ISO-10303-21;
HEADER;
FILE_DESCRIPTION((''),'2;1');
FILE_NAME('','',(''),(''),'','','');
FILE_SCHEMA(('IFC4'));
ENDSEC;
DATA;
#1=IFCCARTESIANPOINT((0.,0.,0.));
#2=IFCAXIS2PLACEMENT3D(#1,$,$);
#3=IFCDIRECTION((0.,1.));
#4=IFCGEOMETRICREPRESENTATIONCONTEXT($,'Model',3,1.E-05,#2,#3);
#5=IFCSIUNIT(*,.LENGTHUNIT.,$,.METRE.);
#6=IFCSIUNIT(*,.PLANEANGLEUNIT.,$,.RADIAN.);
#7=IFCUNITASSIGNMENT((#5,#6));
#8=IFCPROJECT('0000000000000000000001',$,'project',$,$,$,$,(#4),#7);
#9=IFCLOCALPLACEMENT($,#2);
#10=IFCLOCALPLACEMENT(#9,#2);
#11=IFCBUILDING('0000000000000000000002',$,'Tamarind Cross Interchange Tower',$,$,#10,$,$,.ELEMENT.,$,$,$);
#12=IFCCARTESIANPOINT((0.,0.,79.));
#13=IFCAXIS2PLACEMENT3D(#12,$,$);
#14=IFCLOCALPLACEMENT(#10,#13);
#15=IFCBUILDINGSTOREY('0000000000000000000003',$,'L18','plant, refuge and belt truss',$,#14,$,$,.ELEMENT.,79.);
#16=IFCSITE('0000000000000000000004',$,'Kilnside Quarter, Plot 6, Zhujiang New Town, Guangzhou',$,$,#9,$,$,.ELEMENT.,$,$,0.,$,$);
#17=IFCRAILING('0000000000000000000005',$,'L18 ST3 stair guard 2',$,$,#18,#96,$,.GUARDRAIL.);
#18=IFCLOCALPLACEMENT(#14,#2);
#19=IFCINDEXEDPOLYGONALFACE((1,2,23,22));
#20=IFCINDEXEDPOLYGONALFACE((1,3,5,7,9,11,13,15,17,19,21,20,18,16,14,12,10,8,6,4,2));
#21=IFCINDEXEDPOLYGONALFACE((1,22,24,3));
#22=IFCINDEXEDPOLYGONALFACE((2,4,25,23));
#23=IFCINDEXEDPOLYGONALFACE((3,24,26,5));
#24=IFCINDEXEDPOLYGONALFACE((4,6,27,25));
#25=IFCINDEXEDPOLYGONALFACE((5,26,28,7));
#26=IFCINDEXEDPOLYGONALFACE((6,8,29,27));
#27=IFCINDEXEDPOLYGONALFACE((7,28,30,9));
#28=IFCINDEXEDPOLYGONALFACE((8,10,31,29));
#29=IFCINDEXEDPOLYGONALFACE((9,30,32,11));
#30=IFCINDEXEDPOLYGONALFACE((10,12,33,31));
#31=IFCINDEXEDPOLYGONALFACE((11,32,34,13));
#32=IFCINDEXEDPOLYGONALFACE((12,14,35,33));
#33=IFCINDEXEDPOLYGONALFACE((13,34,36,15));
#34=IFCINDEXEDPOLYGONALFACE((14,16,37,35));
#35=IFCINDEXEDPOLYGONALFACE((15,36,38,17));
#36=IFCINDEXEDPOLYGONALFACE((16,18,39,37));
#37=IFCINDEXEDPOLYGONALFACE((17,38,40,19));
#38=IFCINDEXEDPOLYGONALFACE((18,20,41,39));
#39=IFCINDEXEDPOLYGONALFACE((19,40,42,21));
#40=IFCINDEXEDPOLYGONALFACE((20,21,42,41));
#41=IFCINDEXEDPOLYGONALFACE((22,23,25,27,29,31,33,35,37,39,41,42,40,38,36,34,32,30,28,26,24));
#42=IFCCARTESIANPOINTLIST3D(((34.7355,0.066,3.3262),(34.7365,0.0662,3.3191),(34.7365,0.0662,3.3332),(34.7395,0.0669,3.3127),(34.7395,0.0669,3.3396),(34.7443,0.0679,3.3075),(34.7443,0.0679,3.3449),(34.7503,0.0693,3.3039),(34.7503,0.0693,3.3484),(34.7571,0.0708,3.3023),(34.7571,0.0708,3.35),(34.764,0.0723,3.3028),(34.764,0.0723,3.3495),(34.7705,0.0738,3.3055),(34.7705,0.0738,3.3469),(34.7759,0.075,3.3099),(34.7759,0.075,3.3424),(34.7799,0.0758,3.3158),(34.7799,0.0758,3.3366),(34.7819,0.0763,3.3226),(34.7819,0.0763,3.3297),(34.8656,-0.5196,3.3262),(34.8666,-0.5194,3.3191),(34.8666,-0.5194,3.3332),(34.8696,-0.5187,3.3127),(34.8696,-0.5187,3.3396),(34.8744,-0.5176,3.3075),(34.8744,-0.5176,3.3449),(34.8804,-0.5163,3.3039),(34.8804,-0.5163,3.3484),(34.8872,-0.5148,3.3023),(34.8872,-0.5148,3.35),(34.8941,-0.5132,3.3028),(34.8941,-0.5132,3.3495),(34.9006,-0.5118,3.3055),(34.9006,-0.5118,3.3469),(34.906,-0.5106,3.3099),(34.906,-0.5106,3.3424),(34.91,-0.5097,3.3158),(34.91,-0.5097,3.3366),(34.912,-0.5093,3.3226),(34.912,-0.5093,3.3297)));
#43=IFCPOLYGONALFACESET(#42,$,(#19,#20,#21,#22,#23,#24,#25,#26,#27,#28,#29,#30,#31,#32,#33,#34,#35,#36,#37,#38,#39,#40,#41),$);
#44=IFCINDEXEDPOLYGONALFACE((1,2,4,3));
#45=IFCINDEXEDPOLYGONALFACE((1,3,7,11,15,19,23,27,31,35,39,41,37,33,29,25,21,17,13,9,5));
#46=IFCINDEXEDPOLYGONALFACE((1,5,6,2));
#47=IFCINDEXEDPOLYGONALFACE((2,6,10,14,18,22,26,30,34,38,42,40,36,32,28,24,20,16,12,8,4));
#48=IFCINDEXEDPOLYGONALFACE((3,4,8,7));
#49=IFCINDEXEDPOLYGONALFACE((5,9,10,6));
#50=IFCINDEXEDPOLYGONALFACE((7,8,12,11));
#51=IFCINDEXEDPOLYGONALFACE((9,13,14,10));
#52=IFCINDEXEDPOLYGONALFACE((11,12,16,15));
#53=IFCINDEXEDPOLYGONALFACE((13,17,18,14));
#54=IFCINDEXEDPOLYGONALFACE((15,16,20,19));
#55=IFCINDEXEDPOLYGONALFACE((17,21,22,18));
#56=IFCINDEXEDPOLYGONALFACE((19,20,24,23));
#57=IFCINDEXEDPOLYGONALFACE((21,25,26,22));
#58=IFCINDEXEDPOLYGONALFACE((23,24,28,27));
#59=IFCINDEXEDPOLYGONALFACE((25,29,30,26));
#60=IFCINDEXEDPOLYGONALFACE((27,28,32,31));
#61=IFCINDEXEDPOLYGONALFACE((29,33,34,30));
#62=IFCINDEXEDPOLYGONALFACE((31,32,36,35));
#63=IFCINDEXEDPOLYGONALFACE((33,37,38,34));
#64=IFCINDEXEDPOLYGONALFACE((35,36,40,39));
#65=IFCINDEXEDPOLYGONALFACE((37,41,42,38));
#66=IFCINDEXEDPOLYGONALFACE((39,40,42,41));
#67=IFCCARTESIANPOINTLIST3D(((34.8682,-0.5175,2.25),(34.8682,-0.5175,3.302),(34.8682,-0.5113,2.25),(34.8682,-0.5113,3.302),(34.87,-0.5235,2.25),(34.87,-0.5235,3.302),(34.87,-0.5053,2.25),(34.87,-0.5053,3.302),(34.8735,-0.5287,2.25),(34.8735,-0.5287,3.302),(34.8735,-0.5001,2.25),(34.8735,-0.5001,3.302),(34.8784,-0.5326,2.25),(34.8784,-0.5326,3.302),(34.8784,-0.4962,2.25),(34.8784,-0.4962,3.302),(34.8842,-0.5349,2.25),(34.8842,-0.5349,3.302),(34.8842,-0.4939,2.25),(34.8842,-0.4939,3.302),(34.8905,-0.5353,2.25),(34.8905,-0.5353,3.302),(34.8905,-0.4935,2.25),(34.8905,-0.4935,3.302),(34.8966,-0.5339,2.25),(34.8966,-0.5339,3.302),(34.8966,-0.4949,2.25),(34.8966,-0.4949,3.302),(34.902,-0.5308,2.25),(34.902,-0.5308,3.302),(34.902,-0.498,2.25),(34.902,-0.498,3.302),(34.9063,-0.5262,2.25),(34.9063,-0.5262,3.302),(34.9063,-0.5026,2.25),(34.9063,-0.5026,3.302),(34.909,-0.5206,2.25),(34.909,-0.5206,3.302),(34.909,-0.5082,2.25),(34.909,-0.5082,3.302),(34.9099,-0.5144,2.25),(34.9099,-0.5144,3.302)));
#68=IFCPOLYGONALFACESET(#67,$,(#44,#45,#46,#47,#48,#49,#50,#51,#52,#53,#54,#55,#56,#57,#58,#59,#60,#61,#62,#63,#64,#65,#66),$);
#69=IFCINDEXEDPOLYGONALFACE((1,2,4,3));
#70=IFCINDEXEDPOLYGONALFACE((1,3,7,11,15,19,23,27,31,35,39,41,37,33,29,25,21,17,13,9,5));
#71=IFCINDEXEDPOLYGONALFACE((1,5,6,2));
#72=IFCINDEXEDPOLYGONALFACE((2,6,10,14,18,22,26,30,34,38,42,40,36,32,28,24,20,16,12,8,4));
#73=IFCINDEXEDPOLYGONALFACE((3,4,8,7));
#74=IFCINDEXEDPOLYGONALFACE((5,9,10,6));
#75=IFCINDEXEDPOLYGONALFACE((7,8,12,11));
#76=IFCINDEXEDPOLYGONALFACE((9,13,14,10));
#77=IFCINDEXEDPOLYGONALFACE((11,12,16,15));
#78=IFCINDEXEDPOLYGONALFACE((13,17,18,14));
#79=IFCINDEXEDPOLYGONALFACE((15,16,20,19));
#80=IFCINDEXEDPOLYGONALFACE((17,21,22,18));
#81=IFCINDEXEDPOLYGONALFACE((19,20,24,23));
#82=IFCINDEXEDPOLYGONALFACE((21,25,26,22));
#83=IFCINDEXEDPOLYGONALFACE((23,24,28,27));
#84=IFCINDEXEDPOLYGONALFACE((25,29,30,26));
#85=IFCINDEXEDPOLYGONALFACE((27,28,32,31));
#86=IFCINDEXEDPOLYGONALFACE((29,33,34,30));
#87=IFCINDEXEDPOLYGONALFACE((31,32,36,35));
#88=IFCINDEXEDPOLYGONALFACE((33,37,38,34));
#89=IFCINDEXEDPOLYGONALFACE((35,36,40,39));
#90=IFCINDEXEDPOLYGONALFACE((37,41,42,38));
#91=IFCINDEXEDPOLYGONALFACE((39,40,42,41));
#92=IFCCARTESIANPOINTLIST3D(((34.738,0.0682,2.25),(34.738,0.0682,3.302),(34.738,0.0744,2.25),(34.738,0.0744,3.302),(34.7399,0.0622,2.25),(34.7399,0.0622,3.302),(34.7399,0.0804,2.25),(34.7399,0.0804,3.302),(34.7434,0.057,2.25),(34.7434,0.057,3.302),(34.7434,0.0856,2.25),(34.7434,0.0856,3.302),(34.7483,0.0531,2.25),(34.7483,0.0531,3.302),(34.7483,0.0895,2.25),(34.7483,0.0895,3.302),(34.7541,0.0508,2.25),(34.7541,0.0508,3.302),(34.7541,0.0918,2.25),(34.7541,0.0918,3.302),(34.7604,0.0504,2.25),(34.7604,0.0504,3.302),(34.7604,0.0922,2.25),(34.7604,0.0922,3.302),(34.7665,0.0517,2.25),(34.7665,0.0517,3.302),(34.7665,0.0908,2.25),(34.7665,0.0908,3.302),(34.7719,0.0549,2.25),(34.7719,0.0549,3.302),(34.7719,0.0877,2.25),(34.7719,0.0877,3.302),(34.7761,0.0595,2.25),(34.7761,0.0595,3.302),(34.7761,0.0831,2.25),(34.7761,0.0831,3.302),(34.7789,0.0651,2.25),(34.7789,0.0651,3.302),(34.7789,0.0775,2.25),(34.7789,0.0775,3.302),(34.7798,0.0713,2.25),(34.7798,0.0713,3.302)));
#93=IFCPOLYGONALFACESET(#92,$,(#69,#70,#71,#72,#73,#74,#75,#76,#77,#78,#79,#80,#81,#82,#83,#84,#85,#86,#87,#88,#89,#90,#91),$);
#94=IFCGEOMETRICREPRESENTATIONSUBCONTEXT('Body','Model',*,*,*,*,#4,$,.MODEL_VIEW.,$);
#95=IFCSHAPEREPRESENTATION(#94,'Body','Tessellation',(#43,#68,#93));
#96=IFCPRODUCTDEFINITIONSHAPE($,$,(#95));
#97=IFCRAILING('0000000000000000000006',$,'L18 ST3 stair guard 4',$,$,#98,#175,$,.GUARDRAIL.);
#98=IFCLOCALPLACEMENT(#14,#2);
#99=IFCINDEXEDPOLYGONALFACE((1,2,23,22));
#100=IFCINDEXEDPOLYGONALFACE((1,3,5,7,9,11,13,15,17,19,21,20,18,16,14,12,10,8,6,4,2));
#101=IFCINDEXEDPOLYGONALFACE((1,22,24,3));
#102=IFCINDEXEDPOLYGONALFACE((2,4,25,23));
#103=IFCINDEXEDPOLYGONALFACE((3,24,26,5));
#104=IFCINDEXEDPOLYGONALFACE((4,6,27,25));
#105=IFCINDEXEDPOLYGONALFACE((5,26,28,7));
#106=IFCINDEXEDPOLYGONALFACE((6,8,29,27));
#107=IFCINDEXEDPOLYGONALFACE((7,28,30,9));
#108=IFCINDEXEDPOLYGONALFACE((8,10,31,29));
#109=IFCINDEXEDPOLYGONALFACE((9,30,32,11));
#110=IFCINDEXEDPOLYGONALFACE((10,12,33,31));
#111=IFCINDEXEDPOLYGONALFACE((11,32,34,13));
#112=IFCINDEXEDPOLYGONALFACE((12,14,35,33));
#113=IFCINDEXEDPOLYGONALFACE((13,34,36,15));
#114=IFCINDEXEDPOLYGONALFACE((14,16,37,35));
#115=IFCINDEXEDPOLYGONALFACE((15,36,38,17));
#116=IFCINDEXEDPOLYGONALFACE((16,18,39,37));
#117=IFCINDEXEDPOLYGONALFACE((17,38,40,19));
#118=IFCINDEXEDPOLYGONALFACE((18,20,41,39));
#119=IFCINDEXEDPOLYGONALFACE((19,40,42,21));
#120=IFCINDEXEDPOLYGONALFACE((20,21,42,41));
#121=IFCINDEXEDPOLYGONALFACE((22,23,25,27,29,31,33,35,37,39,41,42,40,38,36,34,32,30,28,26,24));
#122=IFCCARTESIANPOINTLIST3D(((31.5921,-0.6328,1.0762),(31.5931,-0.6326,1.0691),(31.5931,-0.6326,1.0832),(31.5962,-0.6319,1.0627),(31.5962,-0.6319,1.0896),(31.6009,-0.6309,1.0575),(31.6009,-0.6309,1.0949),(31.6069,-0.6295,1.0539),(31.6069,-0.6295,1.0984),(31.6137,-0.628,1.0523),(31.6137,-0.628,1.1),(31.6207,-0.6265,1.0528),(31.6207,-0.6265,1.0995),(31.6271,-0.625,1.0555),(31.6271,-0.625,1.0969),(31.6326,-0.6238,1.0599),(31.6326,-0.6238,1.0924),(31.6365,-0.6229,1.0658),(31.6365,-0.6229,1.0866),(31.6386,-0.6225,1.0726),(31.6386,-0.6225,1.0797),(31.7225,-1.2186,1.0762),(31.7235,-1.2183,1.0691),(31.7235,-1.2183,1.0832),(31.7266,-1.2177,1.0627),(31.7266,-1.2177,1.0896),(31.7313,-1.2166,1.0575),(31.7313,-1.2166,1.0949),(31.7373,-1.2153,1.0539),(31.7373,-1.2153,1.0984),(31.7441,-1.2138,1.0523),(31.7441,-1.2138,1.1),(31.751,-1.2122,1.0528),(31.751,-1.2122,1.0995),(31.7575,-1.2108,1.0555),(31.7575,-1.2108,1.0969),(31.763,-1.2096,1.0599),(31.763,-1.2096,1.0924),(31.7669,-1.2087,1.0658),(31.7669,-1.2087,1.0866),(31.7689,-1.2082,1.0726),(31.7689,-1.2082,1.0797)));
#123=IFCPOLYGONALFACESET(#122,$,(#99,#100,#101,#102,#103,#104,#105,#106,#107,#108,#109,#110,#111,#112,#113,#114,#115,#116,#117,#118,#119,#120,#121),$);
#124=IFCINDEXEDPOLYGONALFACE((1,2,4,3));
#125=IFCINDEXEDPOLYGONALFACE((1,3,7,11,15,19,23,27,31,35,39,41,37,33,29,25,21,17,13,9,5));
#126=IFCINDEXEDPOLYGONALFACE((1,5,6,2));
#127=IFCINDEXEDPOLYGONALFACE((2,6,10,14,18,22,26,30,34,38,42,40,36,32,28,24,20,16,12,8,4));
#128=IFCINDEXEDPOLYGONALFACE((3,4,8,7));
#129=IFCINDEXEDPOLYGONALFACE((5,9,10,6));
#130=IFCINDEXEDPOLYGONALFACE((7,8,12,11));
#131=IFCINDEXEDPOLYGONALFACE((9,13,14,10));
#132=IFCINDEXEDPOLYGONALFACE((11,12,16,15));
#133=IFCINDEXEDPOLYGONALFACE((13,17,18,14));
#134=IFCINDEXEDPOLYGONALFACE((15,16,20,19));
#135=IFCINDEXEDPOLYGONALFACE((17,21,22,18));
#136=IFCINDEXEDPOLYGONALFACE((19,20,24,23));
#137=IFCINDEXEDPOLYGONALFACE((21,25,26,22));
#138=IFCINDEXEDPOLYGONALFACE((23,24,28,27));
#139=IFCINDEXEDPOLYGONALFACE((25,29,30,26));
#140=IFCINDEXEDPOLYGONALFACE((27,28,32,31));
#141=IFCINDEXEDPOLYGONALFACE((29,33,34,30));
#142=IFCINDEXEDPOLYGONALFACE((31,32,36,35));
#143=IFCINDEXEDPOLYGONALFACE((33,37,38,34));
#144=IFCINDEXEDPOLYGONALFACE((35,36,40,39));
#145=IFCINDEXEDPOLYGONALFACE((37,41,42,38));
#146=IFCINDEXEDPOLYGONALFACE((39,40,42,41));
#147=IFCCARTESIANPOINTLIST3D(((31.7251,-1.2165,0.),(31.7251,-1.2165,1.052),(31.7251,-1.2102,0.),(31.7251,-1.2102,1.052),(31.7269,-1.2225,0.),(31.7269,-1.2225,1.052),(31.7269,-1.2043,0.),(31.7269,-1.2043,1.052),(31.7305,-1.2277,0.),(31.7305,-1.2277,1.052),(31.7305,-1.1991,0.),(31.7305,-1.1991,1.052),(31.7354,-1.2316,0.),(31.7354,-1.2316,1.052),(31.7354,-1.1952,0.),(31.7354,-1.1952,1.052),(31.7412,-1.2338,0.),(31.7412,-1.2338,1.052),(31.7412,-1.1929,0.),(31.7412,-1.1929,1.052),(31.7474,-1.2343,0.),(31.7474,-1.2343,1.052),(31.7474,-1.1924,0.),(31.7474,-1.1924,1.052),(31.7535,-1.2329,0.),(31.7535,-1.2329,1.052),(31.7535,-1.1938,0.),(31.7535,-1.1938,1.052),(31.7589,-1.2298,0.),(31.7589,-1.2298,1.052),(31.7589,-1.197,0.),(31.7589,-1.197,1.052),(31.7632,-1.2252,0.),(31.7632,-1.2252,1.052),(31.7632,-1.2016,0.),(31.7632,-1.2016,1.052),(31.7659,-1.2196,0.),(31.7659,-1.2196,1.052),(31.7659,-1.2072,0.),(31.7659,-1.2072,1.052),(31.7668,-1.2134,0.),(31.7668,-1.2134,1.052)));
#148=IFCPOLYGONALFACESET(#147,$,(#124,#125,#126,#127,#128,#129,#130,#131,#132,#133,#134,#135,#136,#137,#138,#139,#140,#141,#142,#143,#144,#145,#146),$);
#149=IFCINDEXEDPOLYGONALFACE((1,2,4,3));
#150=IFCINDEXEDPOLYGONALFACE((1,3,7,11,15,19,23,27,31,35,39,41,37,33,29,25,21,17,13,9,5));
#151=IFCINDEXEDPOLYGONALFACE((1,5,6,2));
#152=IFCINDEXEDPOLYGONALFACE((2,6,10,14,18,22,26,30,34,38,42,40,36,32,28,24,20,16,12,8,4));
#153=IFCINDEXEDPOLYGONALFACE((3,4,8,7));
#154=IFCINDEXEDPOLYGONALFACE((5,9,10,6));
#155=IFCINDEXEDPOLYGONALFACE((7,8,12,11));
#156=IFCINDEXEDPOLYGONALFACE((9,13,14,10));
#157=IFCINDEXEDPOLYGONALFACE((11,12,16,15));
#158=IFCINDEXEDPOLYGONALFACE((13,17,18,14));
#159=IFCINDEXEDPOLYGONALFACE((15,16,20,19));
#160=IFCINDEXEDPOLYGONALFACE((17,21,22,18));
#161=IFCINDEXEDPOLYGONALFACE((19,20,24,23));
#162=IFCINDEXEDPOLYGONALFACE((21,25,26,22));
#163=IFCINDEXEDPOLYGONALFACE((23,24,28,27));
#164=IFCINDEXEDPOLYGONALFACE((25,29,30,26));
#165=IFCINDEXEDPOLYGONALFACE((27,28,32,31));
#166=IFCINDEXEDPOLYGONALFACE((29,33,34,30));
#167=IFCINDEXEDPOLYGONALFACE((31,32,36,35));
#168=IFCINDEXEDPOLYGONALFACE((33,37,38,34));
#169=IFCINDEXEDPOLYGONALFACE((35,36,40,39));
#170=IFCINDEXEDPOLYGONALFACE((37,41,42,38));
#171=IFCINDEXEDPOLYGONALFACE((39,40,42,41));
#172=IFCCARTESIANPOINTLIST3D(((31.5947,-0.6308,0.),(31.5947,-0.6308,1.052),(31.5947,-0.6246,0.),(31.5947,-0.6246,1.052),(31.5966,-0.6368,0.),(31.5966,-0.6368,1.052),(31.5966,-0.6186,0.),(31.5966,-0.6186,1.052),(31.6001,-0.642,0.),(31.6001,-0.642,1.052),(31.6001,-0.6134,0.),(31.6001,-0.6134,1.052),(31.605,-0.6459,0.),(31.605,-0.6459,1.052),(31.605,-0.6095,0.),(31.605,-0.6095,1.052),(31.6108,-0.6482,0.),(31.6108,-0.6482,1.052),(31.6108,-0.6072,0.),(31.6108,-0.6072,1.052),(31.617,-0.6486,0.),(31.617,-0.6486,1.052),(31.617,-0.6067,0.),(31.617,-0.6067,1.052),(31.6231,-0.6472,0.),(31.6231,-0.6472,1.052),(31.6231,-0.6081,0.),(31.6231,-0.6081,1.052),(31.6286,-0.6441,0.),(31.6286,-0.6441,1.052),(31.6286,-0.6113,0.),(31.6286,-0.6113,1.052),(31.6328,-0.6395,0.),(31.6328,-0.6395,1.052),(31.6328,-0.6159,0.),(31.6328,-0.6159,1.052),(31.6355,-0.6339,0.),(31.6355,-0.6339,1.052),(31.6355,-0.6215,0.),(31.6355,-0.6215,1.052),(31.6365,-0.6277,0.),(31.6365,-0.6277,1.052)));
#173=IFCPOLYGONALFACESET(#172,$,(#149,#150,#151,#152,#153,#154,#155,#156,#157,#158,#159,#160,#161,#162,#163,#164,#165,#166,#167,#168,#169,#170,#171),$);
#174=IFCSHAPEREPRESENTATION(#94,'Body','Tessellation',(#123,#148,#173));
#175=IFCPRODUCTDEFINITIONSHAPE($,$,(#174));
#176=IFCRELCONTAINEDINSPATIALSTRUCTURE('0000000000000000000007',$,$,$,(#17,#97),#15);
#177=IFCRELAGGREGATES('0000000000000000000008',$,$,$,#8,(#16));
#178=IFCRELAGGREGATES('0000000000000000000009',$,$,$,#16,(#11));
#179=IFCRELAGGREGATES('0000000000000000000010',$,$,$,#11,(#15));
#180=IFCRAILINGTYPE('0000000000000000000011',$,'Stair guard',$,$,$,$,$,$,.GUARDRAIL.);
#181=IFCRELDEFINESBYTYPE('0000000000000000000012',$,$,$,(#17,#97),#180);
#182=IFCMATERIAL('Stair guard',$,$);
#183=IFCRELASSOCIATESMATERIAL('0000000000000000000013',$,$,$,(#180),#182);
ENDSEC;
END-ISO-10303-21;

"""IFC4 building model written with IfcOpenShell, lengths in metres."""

from ifc_helpers import new_model, si_unit, direction, frame, origin, origin_2d, place, context, subcontext, project, spatial, circle, extrude, material, type_object, element, save


model = new_model("IFC4")

# Units and contexts
model_context = context("Model", 3, precision=1e-05, world=origin(), true_north=direction((0.0, 1.0)))
body_context = subcontext(model_context, "Body", "Model", "MODEL_VIEW")
ifc_project = project(units=[si_unit("LENGTHUNIT", "METRE"), si_unit("PLANEANGLEUNIT", "RADIAN")], contexts=[model_context])

# Site, building, storey
site_placement = place(None, origin())
site = spatial("IfcSite", under=ifc_project, at=site_placement, Name="Kilnside Quarter, Plot 6, Zhujiang New Town, Guangzhou", CompositionType="ELEMENT", RefElevation=0.0)
building_placement = place(site_placement, origin())
building = spatial("IfcBuilding", under=site, at=building_placement, Name="Tamarind Cross Interchange Tower", CompositionType="ELEMENT")
storey_placement = place(building_placement, frame((0.0, 0.0, 79.0)))
storey = spatial("IfcBuildingStorey", under=building, at=storey_placement, Name="L18", Description="plant, refuge and belt truss", CompositionType="ELEMENT", Elevation=79.0)

# Railings
ifc_material_1 = material(Name="Stair guard")
railing_type_1 = type_object("IfcRailingType", Name="Stair guard", PredefinedType="GUARDRAIL", material=ifc_material_1)
railing_1_placement = place(storey_placement, frame((34.8889, -0.5144, 2.25)))
element("IfcRailing", 1, at=railing_1_placement, inside=storey, type_object=railing_type_1, Name="L18 ST3 stair guard 2", PredefinedType="GUARDRAIL", context=body_context, shape_type="SweptSolid", body=[
    extrude(circle(Radius=0.0239, at=origin_2d()), frame((0.0, 0.0, 1.0762), z_axis=(-0.216887, 0.976197, 0.0), x_axis=(-0.976197, -0.216887, 0.0)), (0.0, 0.0, 1.0), 0.5999),
    extrude(circle(Radius=0.021, at=origin_2d()), origin(), (0.0, 0.0, 1.0), 1.052),
    extrude(circle(Radius=0.021, at=origin_2d()), frame((-0.1301, 0.5857, 0.0)), (0.0, 0.0, 1.0), 1.052),
])
railing_2_placement = place(storey_placement, frame((31.7458, -1.2134, 0.0)))
element("IfcRailing", 2, at=railing_2_placement, inside=storey, type_object=railing_type_1, Name="L18 ST3 stair guard 4", PredefinedType="GUARDRAIL", context=body_context, shape_type="SweptSolid", body=[
    extrude(circle(Radius=0.0239, at=origin_2d()), frame((0.0, 0.0, 1.0762), z_axis=(-0.217275, 0.97611, 0.0), x_axis=(-0.97611, -0.217275, 0.0)), (0.0, 0.0, 1.0), 0.6001),
    extrude(circle(Radius=0.021, at=origin_2d()), origin(), (0.0, 0.0, 1.0), 1.052),
    extrude(circle(Radius=0.021, at=origin_2d()), frame((-0.1304, 0.5857, 0.0)), (0.0, 0.0, 1.0), 1.052),
])

save(model, "model.ifc")
